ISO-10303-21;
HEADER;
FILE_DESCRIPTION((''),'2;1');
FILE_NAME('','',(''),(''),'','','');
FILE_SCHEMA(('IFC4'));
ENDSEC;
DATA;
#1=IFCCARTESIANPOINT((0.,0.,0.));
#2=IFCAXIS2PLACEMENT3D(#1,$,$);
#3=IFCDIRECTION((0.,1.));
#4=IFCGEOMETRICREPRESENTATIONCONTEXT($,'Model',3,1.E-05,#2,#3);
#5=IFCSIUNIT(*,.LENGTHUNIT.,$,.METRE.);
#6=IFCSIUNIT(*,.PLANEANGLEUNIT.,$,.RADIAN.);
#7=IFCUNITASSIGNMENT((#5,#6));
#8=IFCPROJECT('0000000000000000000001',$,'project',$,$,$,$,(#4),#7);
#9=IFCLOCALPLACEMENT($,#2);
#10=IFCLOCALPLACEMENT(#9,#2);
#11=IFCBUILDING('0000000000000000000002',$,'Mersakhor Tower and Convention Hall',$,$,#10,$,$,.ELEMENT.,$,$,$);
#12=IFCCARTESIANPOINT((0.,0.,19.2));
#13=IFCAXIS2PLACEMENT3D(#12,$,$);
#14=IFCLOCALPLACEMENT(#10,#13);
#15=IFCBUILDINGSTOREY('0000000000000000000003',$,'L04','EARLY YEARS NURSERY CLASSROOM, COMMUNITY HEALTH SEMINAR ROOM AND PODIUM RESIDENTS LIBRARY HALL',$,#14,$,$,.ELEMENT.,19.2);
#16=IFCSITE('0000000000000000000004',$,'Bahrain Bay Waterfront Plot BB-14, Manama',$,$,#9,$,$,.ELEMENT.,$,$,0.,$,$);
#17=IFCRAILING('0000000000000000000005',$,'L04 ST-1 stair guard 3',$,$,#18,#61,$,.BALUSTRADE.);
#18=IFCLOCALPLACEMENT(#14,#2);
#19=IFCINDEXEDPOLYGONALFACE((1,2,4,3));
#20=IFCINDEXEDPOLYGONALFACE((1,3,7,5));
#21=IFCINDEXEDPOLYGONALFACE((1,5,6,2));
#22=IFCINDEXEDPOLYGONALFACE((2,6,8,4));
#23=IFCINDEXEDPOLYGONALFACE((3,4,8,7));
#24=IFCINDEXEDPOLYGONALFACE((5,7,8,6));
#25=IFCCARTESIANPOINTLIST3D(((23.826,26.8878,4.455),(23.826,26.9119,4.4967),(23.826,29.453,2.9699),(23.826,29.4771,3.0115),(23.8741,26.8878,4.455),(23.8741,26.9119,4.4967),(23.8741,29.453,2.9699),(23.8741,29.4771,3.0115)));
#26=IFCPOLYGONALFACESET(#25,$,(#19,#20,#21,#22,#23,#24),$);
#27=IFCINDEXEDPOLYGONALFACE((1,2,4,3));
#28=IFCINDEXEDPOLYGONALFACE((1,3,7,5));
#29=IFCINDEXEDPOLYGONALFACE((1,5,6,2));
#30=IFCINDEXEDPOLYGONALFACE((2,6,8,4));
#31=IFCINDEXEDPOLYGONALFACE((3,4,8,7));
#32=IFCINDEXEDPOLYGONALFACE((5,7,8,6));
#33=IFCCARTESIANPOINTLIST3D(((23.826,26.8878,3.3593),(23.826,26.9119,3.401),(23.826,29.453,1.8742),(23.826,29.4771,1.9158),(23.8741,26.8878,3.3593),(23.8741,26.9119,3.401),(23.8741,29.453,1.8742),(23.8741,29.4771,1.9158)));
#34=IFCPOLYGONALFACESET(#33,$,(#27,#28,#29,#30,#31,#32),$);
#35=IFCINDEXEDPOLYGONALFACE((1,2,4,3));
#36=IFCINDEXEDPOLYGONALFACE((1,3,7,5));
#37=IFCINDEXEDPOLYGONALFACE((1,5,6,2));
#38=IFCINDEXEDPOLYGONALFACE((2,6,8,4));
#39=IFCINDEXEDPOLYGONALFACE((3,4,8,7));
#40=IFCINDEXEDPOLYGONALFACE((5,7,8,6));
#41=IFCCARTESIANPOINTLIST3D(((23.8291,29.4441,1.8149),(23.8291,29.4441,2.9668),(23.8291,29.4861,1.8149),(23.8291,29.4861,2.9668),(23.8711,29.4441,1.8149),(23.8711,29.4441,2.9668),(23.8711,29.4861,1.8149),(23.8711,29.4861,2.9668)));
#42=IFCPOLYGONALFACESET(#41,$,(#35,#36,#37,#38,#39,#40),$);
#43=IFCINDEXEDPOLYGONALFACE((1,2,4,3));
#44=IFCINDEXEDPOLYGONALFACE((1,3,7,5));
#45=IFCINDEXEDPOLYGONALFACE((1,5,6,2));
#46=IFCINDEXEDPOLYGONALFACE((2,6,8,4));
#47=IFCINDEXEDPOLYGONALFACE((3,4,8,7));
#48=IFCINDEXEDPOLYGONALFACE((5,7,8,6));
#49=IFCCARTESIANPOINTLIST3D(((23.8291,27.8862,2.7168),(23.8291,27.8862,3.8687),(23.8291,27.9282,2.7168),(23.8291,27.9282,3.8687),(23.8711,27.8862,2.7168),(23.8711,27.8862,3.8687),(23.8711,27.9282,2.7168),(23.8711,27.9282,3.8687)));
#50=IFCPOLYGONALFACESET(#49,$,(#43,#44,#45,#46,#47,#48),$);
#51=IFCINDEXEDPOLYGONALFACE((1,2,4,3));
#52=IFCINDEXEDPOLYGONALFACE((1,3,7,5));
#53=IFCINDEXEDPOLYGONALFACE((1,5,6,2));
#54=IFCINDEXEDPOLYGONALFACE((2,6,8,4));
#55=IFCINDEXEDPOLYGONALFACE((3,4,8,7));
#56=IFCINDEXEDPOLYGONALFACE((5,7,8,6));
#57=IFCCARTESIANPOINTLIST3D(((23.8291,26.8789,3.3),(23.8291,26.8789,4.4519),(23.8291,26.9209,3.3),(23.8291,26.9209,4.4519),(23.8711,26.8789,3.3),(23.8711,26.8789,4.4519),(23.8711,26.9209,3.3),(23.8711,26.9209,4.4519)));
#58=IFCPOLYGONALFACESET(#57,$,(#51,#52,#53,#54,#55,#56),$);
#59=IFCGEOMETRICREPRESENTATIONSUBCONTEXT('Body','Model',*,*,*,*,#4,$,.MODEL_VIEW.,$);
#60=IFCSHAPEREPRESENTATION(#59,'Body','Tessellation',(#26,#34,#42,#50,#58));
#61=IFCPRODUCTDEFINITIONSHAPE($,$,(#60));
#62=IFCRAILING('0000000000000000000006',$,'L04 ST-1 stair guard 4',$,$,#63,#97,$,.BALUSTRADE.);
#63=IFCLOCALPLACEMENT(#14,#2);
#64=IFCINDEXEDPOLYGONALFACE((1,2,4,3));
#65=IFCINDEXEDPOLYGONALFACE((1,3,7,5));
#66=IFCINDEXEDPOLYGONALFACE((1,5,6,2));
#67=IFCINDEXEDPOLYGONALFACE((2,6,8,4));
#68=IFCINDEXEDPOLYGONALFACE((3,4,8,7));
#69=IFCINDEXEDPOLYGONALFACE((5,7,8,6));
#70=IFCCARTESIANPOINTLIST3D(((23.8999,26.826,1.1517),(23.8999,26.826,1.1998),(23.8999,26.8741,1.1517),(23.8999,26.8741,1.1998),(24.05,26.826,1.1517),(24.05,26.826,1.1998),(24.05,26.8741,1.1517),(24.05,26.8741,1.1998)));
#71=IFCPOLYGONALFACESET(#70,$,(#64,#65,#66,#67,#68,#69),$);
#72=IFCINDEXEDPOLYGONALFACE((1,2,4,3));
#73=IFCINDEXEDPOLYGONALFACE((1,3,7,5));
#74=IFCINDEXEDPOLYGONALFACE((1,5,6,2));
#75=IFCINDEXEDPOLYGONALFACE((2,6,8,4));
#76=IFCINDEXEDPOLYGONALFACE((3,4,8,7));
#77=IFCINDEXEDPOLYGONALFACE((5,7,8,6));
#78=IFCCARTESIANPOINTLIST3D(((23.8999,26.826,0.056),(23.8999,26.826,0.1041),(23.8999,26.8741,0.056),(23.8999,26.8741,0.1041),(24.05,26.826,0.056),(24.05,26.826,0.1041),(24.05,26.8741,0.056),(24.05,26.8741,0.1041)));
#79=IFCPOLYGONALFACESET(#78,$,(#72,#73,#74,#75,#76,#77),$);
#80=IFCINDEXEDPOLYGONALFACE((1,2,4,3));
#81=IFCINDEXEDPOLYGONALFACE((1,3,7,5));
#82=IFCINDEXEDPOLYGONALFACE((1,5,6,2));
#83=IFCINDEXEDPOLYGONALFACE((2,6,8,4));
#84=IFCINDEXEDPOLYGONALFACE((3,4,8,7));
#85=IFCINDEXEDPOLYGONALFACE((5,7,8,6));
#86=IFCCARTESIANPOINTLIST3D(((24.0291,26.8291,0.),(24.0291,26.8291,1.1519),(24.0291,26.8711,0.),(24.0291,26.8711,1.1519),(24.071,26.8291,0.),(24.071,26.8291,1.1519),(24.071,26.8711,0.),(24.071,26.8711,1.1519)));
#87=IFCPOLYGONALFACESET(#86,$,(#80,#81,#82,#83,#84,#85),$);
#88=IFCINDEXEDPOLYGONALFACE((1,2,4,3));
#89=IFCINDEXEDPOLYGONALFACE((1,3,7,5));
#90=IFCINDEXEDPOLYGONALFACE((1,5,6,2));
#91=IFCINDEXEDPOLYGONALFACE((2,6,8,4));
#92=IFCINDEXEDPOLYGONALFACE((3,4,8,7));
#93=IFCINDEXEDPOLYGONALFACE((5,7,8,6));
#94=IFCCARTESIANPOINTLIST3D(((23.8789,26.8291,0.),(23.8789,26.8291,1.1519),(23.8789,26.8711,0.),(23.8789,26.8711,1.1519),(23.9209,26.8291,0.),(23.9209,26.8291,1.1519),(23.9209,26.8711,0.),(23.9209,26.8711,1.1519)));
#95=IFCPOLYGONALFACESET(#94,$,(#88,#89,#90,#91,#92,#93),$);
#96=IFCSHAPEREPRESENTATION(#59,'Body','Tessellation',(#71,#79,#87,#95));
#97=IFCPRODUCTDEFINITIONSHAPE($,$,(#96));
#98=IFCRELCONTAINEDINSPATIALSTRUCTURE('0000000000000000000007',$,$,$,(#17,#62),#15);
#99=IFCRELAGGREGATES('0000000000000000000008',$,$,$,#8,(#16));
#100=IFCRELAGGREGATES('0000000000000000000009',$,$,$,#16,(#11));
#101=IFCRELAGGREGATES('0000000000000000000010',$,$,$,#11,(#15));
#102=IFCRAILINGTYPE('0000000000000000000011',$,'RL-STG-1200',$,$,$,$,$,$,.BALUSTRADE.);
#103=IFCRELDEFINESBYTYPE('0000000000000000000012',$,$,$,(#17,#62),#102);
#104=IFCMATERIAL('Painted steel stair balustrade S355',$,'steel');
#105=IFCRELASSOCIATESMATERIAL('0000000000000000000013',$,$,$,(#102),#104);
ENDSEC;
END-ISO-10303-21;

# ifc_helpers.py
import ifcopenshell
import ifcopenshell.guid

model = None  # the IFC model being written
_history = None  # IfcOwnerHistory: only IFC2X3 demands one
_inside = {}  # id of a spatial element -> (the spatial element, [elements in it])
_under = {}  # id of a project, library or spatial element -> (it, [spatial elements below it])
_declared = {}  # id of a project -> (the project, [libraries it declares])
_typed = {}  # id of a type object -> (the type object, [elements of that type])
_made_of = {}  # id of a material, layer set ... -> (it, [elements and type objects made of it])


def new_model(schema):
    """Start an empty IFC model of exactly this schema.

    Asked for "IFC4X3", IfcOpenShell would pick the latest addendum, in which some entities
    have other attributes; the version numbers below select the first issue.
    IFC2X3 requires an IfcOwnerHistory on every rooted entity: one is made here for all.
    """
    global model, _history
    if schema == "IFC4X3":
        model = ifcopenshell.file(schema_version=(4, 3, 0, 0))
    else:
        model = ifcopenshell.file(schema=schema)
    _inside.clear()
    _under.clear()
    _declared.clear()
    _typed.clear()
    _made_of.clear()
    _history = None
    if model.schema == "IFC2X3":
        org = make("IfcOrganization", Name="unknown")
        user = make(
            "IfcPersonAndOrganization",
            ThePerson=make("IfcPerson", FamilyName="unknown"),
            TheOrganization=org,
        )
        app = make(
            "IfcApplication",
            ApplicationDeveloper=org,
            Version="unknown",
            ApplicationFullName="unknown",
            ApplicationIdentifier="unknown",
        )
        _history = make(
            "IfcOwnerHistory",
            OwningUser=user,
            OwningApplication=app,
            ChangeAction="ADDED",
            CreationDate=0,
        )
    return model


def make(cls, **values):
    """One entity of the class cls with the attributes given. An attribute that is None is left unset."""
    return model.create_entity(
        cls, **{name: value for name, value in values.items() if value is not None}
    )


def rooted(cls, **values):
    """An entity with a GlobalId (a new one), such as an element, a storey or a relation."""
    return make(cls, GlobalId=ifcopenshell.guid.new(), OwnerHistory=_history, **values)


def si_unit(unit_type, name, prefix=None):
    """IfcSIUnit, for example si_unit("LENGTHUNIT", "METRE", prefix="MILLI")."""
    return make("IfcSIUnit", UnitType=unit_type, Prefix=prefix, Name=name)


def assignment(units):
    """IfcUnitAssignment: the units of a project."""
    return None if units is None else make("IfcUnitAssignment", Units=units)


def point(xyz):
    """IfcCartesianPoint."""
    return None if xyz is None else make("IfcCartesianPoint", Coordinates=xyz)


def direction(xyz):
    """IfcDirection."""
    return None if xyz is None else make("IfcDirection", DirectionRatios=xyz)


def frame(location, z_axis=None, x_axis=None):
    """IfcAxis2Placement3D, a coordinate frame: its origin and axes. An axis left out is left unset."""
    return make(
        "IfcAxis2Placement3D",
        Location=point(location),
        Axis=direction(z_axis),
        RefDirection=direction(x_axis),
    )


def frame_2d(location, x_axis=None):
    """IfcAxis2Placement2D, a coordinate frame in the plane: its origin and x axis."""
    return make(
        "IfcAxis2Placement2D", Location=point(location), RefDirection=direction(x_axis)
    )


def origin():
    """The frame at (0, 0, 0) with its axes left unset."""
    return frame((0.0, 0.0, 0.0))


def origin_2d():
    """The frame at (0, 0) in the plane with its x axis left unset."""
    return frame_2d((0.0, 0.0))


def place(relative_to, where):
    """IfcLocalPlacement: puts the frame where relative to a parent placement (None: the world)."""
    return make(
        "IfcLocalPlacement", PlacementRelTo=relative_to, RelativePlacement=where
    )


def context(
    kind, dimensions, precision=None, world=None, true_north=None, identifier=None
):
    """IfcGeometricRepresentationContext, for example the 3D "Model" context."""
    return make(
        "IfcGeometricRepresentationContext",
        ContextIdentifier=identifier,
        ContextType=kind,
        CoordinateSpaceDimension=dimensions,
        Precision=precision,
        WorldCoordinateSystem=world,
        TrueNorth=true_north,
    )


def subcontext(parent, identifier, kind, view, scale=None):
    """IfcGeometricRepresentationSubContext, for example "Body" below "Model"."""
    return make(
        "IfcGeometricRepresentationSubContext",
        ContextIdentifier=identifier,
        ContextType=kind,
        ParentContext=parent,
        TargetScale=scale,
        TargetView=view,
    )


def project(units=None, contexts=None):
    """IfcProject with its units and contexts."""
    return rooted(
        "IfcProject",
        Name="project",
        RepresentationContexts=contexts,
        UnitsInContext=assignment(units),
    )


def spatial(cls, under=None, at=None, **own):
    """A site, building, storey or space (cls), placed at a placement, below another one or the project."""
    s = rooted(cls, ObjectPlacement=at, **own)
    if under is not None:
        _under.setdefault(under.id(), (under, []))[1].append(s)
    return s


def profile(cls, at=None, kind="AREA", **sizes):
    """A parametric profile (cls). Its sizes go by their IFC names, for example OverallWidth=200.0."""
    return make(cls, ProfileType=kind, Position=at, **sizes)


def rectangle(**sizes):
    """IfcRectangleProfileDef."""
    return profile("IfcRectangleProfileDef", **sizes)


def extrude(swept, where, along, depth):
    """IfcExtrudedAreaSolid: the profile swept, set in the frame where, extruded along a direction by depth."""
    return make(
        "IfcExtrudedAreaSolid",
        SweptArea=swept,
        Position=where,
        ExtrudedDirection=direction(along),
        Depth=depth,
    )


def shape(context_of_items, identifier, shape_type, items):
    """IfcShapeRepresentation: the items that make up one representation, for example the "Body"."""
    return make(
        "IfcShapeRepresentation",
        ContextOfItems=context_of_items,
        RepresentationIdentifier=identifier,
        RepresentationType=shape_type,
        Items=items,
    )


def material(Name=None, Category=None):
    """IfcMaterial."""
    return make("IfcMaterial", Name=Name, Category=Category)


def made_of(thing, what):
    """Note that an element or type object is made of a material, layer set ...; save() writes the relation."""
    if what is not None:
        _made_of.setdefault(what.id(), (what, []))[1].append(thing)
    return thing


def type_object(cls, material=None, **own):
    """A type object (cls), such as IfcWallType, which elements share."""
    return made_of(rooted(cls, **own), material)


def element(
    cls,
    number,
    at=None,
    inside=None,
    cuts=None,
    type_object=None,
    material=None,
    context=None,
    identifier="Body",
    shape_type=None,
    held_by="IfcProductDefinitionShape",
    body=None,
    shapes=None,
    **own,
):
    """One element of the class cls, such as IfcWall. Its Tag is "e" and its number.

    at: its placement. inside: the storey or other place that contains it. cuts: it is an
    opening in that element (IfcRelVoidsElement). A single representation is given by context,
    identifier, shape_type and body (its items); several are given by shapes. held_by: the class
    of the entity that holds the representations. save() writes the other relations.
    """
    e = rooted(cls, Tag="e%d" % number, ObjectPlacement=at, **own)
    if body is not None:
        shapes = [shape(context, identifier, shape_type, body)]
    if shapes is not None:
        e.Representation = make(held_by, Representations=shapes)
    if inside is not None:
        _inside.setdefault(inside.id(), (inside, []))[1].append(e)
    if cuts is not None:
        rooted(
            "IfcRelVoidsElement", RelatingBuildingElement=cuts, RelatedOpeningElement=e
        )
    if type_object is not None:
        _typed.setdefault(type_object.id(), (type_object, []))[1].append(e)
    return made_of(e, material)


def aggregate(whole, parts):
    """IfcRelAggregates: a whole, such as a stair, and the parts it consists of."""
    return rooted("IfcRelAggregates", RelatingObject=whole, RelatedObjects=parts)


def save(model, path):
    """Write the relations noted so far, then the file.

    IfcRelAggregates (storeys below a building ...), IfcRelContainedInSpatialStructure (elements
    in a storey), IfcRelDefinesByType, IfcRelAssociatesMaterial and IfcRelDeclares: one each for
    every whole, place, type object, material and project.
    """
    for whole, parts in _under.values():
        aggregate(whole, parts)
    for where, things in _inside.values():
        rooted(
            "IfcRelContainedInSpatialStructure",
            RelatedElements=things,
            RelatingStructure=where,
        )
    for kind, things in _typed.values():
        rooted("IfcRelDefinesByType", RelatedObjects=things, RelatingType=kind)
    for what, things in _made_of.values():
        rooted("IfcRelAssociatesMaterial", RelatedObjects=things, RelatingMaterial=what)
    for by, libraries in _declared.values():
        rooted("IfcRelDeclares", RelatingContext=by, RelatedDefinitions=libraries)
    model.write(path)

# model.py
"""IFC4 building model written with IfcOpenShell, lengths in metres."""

from ifc_helpers import new_model, si_unit, direction, frame, origin, origin_2d, place, context, subcontext, project, spatial, rectangle, extrude, material, type_object, element, save


model = new_model("IFC4")

# Units and contexts
model_context = context("Model", 3, precision=1e-05, world=origin(), true_north=direction((0.0, 1.0)))
body_context = subcontext(model_context, "Body", "Model", "MODEL_VIEW")
ifc_project = project(units=[si_unit("LENGTHUNIT", "METRE"), si_unit("PLANEANGLEUNIT", "RADIAN")], contexts=[model_context])

# Site, building, storey
site_placement = place(None, origin())
site = spatial("IfcSite", under=ifc_project, at=site_placement, Name="Bahrain Bay Waterfront Plot BB-14, Manama", CompositionType="ELEMENT", RefElevation=0.0)
building_placement = place(site_placement, origin())
building = spatial("IfcBuilding", under=site, at=building_placement, Name="Mersakhor Tower and Convention Hall", CompositionType="ELEMENT")
storey_placement = place(building_placement, frame((0.0, 0.0, 19.2)))
storey = spatial("IfcBuildingStorey", under=building, at=storey_placement, Name="L04", Description="EARLY YEARS NURSERY CLASSROOM, COMMUNITY HEALTH SEMINAR ROOM AND PODIUM RESIDENTS LIBRARY HALL", CompositionType="ELEMENT", Elevation=19.2)

# Railings
ifc_material_1 = material(Name="Painted steel stair balustrade S355", Category="steel")
railing_type_1 = type_object("IfcRailingType", Name="RL-STG-1200", PredefinedType="BALUSTRADE", material=ifc_material_1)
railing_1_placement = place(storey_placement, frame((23.8501, 29.4651, 1.8149)))
element("IfcRailing", 1, at=railing_1_placement, inside=storey, type_object=railing_type_1, Name="L04 ST-1 stair guard 3", PredefinedType="BALUSTRADE", context=body_context, shape_type="SweptSolid", body=[
    extrude(rectangle(XDim=0.0481, YDim=0.0481, at=origin_2d()), frame((0.0, 0.0, 1.1758), z_axis=(0.0, -0.865426, 0.501036), x_axis=(1.0, 0.0, 0.0)), (0.0, 0.0, 1.0), 2.9641),
    extrude(rectangle(XDim=0.0481, YDim=0.0481, at=origin_2d()), frame((0.0, 0.0, 0.0801), z_axis=(0.0, -0.865426, 0.501036), x_axis=(1.0, 0.0, 0.0)), (0.0, 0.0, 1.0), 2.9641),
    extrude(rectangle(XDim=0.042, YDim=0.042, at=origin_2d()), origin(), (0.0, 0.0, 1.0), 1.1519),
    extrude(rectangle(XDim=0.042, YDim=0.042, at=origin_2d()), frame((0.0, -1.5579, 0.9019)), (0.0, 0.0, 1.0), 1.1519),
    extrude(rectangle(XDim=0.042, YDim=0.042, at=origin_2d()), frame((0.0, -2.5652, 1.4851)), (0.0, 0.0, 1.0), 1.1519),
])
railing_2_placement = place(storey_placement, frame((24.05, 26.8501, 0.0)))
element("IfcRailing", 2, at=railing_2_placement, inside=storey, type_object=railing_type_1, Name="L04 ST-1 stair guard 4", PredefinedType="BALUSTRADE", context=body_context, shape_type="SweptSolid", body=[
    extrude(rectangle(XDim=0.0481, YDim=0.0481, at=origin_2d()), frame((0.0, 0.0, 1.1758), z_axis=(-1.0, 0.0, 0.0), x_axis=(0.0, -1.0, 0.0)), (0.0, 0.0, 1.0), 0.1501),
    extrude(rectangle(XDim=0.0481, YDim=0.0481, at=origin_2d()), frame((0.0, 0.0, 0.0801), z_axis=(-1.0, 0.0, 0.0), x_axis=(0.0, -1.0, 0.0)), (0.0, 0.0, 1.0), 0.1501),
    extrude(rectangle(XDim=0.042, YDim=0.042, at=origin_2d()), origin(), (0.0, 0.0, 1.0), 1.1519),
    extrude(rectangle(XDim=0.042, YDim=0.042, at=origin_2d()), frame((-0.1501, 0.0, 0.0)), (0.0, 0.0, 1.0), 1.1519),
])

save(model, "model.ifc")
